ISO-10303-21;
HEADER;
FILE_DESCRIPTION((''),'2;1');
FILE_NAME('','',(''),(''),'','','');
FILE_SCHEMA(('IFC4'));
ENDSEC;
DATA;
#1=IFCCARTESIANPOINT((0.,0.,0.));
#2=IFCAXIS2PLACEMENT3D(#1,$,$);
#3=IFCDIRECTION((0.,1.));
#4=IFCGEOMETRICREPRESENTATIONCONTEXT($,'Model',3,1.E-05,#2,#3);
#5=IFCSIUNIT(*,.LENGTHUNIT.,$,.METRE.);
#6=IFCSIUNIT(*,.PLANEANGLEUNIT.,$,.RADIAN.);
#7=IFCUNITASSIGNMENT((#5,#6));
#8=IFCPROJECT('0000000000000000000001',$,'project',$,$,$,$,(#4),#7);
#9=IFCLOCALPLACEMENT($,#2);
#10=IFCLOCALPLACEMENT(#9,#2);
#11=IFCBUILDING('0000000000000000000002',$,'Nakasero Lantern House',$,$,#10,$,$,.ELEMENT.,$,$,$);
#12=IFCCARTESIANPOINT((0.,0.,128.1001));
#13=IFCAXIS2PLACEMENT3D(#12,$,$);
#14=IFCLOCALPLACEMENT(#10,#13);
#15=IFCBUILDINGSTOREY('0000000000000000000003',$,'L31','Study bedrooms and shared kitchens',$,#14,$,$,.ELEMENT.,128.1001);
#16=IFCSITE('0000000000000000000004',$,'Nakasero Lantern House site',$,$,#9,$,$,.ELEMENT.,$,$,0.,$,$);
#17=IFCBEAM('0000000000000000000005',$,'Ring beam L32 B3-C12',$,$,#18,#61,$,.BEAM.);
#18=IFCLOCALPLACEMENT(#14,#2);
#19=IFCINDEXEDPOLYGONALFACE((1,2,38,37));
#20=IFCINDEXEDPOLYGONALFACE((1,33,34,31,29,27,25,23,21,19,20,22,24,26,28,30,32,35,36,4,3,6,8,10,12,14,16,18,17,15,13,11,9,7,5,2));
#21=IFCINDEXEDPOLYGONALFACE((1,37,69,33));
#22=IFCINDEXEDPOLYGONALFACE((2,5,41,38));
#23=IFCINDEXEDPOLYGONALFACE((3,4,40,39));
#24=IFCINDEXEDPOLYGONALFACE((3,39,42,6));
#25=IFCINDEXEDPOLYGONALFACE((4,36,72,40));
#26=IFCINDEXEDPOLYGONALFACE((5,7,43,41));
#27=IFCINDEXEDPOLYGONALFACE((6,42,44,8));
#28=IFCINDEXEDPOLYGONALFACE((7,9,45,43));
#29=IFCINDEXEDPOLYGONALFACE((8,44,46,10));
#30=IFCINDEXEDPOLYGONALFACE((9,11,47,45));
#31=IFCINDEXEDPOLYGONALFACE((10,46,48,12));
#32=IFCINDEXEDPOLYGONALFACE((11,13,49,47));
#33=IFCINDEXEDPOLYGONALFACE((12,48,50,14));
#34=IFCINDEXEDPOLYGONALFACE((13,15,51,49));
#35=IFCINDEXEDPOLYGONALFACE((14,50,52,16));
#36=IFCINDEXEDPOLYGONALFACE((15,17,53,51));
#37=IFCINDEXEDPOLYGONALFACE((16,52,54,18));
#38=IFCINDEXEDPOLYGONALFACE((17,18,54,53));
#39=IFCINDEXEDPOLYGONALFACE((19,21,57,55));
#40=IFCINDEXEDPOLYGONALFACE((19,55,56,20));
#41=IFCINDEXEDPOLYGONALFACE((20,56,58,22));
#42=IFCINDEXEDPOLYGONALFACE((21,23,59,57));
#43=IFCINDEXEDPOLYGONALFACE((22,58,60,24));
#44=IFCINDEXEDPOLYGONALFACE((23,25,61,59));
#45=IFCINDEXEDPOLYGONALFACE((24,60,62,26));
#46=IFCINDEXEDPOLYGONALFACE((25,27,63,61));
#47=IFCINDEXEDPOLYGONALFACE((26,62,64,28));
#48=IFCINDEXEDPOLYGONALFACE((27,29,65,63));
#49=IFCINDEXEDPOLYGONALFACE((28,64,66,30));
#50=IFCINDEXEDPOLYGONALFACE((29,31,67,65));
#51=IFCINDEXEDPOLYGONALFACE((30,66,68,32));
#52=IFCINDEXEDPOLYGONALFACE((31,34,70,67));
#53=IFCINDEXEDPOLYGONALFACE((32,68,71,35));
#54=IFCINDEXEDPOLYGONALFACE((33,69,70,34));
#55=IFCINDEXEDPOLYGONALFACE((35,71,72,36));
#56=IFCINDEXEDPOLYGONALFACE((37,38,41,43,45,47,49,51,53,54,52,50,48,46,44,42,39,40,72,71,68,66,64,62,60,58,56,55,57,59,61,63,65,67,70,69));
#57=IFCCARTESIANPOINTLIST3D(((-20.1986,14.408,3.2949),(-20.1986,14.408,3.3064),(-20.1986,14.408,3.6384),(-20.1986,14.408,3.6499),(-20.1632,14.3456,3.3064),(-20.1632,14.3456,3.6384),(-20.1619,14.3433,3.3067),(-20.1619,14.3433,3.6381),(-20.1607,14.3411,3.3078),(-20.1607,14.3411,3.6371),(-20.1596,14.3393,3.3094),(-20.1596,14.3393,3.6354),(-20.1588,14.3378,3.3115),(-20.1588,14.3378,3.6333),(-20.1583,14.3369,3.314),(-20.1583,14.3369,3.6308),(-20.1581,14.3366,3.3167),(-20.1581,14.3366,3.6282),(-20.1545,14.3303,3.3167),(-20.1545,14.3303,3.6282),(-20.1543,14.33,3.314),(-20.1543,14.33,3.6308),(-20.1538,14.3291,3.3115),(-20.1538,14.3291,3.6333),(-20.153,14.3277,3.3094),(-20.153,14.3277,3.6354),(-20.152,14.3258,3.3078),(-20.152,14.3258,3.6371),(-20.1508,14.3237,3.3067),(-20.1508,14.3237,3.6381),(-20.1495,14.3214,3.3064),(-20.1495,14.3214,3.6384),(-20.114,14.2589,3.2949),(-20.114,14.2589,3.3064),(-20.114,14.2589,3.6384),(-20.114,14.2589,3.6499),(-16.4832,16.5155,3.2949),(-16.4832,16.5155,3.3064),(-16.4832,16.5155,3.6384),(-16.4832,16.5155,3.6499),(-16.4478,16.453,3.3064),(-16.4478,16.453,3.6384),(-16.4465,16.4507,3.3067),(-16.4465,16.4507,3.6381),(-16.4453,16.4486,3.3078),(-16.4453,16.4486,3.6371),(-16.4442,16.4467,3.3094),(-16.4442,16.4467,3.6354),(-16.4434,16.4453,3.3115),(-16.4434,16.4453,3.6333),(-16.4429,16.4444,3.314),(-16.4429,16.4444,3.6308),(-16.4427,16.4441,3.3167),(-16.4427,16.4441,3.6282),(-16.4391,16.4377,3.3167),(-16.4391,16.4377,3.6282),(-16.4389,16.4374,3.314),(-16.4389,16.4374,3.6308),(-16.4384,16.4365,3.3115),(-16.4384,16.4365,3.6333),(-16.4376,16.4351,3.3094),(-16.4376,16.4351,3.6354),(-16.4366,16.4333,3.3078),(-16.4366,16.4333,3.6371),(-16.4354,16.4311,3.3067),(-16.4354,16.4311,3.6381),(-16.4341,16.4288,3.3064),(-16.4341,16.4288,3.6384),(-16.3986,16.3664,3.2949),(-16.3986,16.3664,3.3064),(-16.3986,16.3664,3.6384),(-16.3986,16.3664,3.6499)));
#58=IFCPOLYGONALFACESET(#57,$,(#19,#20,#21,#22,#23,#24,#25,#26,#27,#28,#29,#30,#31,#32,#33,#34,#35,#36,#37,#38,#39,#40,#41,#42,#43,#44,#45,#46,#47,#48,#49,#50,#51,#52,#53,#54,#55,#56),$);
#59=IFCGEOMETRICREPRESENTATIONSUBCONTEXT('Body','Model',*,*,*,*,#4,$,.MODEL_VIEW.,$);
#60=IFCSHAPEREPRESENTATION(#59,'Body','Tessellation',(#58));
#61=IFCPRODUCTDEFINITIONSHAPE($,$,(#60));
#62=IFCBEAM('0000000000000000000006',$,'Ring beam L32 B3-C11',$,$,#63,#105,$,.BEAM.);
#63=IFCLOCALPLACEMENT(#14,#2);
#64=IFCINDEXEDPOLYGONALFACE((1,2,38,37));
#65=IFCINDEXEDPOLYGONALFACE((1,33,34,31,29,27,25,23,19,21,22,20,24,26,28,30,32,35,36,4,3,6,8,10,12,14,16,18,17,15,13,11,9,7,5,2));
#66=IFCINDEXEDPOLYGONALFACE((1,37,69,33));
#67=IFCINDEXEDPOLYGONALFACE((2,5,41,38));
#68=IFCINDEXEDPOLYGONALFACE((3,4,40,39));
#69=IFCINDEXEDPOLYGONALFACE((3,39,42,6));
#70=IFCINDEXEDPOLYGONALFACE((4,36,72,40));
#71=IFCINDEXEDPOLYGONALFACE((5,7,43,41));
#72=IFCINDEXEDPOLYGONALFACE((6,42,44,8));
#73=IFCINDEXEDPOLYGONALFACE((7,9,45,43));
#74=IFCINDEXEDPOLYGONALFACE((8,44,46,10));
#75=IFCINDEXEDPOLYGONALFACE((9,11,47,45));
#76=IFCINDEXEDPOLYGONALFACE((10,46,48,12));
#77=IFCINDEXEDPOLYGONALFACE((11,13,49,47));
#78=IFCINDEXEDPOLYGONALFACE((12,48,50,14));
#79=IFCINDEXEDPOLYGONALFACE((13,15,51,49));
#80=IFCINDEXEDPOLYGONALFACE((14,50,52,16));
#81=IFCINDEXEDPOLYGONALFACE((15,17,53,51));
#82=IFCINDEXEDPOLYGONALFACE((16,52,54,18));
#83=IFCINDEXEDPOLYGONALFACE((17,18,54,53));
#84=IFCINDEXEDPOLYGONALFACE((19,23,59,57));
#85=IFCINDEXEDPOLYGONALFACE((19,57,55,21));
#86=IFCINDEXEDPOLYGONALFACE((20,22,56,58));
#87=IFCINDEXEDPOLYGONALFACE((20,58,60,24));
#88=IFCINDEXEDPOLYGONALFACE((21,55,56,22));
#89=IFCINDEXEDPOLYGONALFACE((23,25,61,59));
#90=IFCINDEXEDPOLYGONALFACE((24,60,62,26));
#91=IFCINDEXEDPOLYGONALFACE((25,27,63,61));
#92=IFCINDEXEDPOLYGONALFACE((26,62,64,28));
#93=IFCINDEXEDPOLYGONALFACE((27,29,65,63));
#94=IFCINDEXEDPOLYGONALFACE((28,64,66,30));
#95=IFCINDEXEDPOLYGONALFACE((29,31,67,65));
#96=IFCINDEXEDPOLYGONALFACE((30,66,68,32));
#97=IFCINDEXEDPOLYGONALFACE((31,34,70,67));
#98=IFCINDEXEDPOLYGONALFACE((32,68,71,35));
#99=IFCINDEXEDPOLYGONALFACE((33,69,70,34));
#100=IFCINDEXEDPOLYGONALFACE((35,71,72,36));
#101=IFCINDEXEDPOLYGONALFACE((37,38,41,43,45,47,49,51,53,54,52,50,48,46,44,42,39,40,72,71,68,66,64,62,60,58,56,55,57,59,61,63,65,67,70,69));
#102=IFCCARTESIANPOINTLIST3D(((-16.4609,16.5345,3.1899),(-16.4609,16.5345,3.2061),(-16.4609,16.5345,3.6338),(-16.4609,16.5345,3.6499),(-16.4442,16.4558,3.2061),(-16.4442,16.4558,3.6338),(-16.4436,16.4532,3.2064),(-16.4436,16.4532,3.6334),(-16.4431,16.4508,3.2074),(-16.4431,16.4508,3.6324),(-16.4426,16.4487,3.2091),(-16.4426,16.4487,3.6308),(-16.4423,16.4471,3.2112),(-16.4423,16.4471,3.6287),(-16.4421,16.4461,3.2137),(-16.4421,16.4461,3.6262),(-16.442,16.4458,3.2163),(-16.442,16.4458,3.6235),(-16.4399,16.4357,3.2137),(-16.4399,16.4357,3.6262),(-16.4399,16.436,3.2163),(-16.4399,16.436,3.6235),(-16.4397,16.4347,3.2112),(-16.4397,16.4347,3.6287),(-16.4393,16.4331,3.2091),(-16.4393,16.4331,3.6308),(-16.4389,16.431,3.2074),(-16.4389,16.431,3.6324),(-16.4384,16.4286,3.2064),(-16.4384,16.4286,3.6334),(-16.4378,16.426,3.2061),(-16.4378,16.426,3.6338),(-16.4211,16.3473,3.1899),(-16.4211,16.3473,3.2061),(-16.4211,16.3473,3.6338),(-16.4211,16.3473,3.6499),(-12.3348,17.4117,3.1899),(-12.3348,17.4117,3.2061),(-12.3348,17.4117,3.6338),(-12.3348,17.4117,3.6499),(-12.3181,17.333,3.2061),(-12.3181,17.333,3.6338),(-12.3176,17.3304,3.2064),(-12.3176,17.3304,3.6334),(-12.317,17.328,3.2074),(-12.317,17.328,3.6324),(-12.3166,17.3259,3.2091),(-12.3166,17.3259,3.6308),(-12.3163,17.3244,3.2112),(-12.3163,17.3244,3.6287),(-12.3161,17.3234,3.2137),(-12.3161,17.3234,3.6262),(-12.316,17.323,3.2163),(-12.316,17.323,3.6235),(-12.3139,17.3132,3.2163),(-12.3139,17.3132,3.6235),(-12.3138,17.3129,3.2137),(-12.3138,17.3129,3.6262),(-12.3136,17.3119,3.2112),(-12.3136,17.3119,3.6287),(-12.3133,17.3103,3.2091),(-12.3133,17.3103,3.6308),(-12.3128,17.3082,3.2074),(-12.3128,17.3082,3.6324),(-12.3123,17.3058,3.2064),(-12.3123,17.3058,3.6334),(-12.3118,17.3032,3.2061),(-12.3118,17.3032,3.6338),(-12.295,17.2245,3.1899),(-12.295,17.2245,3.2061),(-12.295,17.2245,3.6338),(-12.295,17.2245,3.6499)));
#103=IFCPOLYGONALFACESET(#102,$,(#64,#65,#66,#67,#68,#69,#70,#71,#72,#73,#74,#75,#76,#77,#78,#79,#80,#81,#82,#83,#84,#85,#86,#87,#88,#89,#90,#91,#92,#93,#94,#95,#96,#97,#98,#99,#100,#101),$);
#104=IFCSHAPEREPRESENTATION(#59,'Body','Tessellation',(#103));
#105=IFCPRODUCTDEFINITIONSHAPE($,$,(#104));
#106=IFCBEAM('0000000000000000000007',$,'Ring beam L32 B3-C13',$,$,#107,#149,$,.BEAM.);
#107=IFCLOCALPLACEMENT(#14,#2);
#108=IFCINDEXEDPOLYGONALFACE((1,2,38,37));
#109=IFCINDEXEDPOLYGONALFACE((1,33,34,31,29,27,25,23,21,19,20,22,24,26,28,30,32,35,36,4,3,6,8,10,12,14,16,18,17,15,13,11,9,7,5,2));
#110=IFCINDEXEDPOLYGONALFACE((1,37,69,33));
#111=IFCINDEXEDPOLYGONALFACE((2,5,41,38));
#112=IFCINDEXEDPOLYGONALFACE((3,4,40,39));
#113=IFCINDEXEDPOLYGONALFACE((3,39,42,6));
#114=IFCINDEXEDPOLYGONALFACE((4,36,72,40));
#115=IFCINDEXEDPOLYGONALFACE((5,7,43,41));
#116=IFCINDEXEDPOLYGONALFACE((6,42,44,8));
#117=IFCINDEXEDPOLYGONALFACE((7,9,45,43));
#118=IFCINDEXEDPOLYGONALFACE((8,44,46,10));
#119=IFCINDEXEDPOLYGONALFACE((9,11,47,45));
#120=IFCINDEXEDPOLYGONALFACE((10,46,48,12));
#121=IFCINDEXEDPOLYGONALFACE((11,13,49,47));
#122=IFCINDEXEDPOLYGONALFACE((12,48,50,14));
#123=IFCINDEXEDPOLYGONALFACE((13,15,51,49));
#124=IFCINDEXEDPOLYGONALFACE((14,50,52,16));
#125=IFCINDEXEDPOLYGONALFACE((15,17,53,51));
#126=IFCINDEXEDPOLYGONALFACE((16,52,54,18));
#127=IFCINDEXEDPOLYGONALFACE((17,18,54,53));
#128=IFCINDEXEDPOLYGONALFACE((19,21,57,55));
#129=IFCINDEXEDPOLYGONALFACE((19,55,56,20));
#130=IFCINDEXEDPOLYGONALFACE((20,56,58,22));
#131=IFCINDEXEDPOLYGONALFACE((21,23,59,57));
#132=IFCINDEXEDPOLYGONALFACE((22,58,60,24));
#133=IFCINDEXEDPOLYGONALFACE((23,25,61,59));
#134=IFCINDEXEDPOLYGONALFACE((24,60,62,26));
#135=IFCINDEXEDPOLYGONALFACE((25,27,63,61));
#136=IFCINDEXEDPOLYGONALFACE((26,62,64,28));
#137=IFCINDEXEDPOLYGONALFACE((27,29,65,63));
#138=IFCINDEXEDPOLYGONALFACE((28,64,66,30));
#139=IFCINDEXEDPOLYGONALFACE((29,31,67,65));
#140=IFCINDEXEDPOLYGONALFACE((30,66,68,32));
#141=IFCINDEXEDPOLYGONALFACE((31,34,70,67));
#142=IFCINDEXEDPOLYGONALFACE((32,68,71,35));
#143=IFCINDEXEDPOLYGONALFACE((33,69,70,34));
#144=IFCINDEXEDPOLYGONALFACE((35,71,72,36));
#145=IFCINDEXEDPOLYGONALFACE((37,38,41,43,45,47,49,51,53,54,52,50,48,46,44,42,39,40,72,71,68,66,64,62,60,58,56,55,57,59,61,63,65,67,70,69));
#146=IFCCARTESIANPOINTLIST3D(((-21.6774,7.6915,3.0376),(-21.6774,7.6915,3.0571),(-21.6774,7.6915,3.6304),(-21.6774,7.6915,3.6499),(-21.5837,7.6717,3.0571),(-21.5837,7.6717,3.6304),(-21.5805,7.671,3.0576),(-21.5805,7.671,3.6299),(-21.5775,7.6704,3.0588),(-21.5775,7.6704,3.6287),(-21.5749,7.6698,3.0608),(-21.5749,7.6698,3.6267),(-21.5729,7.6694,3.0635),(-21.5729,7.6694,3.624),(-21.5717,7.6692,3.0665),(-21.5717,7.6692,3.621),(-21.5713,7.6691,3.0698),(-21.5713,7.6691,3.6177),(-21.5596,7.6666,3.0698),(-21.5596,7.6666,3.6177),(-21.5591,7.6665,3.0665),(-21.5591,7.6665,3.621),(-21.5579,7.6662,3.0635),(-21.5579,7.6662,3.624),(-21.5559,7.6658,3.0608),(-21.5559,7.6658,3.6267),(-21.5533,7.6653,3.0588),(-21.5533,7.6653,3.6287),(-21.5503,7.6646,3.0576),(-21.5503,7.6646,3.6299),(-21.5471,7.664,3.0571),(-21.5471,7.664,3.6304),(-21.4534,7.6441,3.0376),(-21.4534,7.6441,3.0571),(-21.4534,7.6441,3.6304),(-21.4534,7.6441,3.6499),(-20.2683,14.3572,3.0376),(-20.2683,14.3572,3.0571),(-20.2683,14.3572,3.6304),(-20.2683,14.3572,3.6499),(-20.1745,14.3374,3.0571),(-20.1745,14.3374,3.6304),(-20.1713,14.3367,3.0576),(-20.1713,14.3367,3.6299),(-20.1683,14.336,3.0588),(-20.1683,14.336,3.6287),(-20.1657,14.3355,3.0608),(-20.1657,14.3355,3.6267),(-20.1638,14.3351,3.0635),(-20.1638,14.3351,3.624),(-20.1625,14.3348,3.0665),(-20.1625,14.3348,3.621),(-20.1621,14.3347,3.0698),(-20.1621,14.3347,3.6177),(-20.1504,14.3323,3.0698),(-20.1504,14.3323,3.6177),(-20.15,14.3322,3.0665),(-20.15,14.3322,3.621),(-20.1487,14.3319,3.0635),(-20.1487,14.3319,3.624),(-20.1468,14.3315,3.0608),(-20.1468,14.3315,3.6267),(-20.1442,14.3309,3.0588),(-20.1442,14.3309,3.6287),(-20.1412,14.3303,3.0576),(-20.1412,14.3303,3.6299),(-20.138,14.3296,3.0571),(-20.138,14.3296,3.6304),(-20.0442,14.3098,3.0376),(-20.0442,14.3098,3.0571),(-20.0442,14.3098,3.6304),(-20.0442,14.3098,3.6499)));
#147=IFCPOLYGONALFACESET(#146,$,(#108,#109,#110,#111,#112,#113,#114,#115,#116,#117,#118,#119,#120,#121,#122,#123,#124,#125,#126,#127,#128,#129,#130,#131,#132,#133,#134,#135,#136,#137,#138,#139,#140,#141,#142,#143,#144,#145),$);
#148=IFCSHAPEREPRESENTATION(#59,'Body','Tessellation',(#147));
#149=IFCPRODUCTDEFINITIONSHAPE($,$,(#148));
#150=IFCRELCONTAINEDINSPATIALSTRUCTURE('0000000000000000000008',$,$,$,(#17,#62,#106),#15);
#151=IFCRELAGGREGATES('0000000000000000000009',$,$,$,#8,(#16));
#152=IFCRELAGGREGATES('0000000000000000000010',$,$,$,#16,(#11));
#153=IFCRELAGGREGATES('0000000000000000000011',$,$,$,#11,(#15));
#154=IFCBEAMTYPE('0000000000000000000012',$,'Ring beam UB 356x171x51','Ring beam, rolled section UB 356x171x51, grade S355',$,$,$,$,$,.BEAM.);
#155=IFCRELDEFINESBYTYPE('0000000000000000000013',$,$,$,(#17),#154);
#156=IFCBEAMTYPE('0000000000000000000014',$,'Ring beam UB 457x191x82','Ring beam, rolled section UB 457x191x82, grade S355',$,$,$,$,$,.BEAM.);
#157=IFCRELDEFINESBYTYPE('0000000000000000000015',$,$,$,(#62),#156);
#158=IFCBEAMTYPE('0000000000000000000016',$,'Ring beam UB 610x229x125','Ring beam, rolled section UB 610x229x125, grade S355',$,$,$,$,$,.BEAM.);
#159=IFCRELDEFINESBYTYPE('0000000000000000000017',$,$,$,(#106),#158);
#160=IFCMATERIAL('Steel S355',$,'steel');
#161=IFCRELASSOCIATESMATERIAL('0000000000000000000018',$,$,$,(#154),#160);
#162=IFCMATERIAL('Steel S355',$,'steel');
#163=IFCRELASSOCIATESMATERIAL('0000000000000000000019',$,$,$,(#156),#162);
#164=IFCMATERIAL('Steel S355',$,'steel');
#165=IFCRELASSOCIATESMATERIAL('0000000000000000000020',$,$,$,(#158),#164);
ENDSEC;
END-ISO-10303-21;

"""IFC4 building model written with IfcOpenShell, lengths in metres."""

from ifc_helpers import new_model, si_unit, direction, frame, origin, origin_2d, place, context, subcontext, project, spatial, i_section, extrude, material, material_profile, profile_set, type_object, element, save


model = new_model("IFC4")

# Units and contexts
model_context = context("Model", 3, precision=1e-05, world=origin(), true_north=direction((0.0, 1.0)))
body_context = subcontext(model_context, "Body", "Model", "MODEL_VIEW")
ifc_project = project(units=[si_unit("LENGTHUNIT", "METRE"), si_unit("PLANEANGLEUNIT", "RADIAN")], contexts=[model_context])

# Site, building, storey
site_placement = place(None, origin())
site = spatial("IfcSite", under=ifc_project, at=site_placement, Name="Nakasero Lantern House site", CompositionType="ELEMENT", RefElevation=0.0)
building_placement = place(site_placement, origin())
building = spatial("IfcBuilding", under=site, at=building_placement, Name="Nakasero Lantern House", CompositionType="ELEMENT")
storey_placement = place(building_placement, frame((0.0, 0.0, 128.1001)))
storey = spatial("IfcBuildingStorey", under=building, at=storey_placement, Name="L31", Description="Study bedrooms and shared kitchens", CompositionType="ELEMENT", Elevation=128.1001)

# Beams
ifc_material_1 = material(Name="Steel S355", Category="steel")
ifc_material_profile_1 = material_profile(ifc_material_1, i_section(OverallWidth=0.1714, OverallDepth=0.355, WebThickness=0.0073, FlangeThickness=0.0115, FilletRadius=0.0103, at=origin_2d()), Name="UB 356x171x51")
ifc_profile_set_1 = profile_set([ifc_material_profile_1], Name="Steel S355")
beam_type_1 = type_object("IfcBeamType", Name="Ring beam UB 356x171x51", Description="Ring beam, rolled section UB 356x171x51, grade S355", PredefinedType="BEAM", material=ifc_profile_set_1)
beam_1_placement = place(storey_placement, frame((-16.4409, 16.4409, 3.4724), z_axis=(-0.869815, -0.493379, 0.0), x_axis=(0.493379, -0.869815, 0.0)))
element("IfcBeam", 1, at=beam_1_placement, inside=storey, type_object=beam_type_1, Name="Ring beam L32 B3-C12", PredefinedType="BEAM", context=body_context, shape_type="SweptSolid", body=[
    extrude(i_section(OverallWidth=0.1714, OverallDepth=0.355, WebThickness=0.0073, FlangeThickness=0.0115, FilletRadius=0.0103, at=origin_2d()), origin(), (0.0, 0.0, 1.0), 4.2715),
])
ifc_material_2 = material(Name="Steel S355", Category="steel")
ifc_material_profile_2 = material_profile(ifc_material_2, i_section(OverallWidth=0.1914, OverallDepth=0.46, WebThickness=0.01, FlangeThickness=0.0161, FilletRadius=0.0103, at=origin_2d()), Name="UB 457x191x82")
ifc_profile_set_2 = profile_set([ifc_material_profile_2], Name="Steel S355")
beam_type_2 = type_object("IfcBeamType", Name="Ring beam UB 457x191x82", Description="Ring beam, rolled section UB 457x191x82, grade S355", PredefinedType="BEAM", material=ifc_profile_set_2)
beam_2_placement = place(storey_placement, frame((-12.3149, 17.3181, 3.4199), z_axis=(-0.978138, -0.207956, 0.0), x_axis=(0.207956, -0.978138, 0.0)))
element("IfcBeam", 2, at=beam_2_placement, inside=storey, type_object=beam_type_2, Name="Ring beam L32 B3-C11", PredefinedType="BEAM", context=body_context, shape_type="SweptSolid", body=[
    extrude(i_section(OverallWidth=0.1914, OverallDepth=0.46, WebThickness=0.01, FlangeThickness=0.0161, FilletRadius=0.0103, at=origin_2d()), origin(), (0.0, 0.0, 1.0), 4.2183),
])
ifc_material_3 = material(Name="Steel S355", Category="steel")
ifc_material_profile_3 = material_profile(ifc_material_3, i_section(OverallWidth=0.229, OverallDepth=0.6123, WebThickness=0.012, FlangeThickness=0.0195, FilletRadius=0.0127, at=origin_2d()), Name="UB 610x229x125")
ifc_profile_set_3 = profile_set([ifc_material_profile_3], Name="Steel S355")
beam_type_3 = type_object("IfcBeamType", Name="Ring beam UB 610x229x125", Description="Ring beam, rolled section UB 610x229x125, grade S355", PredefinedType="BEAM", material=ifc_profile_set_3)
beam_3_placement = place(storey_placement, frame((-20.1562, 14.3335, 3.3438), z_axis=(-0.206834, -0.978376, 0.0), x_axis=(0.978376, -0.206834, 0.0)))
element("IfcBeam", 3, at=beam_3_placement, inside=storey, type_object=beam_type_3, Name="Ring beam L32 B3-C13", PredefinedType="BEAM", context=body_context, shape_type="SweptSolid", body=[
    extrude(i_section(OverallWidth=0.229, OverallDepth=0.6123, WebThickness=0.012, FlangeThickness=0.0195, FilletRadius=0.0127, at=origin_2d()), origin(), (0.0, 0.0, 1.0), 6.813),
])

save(model, "model.ifc")
